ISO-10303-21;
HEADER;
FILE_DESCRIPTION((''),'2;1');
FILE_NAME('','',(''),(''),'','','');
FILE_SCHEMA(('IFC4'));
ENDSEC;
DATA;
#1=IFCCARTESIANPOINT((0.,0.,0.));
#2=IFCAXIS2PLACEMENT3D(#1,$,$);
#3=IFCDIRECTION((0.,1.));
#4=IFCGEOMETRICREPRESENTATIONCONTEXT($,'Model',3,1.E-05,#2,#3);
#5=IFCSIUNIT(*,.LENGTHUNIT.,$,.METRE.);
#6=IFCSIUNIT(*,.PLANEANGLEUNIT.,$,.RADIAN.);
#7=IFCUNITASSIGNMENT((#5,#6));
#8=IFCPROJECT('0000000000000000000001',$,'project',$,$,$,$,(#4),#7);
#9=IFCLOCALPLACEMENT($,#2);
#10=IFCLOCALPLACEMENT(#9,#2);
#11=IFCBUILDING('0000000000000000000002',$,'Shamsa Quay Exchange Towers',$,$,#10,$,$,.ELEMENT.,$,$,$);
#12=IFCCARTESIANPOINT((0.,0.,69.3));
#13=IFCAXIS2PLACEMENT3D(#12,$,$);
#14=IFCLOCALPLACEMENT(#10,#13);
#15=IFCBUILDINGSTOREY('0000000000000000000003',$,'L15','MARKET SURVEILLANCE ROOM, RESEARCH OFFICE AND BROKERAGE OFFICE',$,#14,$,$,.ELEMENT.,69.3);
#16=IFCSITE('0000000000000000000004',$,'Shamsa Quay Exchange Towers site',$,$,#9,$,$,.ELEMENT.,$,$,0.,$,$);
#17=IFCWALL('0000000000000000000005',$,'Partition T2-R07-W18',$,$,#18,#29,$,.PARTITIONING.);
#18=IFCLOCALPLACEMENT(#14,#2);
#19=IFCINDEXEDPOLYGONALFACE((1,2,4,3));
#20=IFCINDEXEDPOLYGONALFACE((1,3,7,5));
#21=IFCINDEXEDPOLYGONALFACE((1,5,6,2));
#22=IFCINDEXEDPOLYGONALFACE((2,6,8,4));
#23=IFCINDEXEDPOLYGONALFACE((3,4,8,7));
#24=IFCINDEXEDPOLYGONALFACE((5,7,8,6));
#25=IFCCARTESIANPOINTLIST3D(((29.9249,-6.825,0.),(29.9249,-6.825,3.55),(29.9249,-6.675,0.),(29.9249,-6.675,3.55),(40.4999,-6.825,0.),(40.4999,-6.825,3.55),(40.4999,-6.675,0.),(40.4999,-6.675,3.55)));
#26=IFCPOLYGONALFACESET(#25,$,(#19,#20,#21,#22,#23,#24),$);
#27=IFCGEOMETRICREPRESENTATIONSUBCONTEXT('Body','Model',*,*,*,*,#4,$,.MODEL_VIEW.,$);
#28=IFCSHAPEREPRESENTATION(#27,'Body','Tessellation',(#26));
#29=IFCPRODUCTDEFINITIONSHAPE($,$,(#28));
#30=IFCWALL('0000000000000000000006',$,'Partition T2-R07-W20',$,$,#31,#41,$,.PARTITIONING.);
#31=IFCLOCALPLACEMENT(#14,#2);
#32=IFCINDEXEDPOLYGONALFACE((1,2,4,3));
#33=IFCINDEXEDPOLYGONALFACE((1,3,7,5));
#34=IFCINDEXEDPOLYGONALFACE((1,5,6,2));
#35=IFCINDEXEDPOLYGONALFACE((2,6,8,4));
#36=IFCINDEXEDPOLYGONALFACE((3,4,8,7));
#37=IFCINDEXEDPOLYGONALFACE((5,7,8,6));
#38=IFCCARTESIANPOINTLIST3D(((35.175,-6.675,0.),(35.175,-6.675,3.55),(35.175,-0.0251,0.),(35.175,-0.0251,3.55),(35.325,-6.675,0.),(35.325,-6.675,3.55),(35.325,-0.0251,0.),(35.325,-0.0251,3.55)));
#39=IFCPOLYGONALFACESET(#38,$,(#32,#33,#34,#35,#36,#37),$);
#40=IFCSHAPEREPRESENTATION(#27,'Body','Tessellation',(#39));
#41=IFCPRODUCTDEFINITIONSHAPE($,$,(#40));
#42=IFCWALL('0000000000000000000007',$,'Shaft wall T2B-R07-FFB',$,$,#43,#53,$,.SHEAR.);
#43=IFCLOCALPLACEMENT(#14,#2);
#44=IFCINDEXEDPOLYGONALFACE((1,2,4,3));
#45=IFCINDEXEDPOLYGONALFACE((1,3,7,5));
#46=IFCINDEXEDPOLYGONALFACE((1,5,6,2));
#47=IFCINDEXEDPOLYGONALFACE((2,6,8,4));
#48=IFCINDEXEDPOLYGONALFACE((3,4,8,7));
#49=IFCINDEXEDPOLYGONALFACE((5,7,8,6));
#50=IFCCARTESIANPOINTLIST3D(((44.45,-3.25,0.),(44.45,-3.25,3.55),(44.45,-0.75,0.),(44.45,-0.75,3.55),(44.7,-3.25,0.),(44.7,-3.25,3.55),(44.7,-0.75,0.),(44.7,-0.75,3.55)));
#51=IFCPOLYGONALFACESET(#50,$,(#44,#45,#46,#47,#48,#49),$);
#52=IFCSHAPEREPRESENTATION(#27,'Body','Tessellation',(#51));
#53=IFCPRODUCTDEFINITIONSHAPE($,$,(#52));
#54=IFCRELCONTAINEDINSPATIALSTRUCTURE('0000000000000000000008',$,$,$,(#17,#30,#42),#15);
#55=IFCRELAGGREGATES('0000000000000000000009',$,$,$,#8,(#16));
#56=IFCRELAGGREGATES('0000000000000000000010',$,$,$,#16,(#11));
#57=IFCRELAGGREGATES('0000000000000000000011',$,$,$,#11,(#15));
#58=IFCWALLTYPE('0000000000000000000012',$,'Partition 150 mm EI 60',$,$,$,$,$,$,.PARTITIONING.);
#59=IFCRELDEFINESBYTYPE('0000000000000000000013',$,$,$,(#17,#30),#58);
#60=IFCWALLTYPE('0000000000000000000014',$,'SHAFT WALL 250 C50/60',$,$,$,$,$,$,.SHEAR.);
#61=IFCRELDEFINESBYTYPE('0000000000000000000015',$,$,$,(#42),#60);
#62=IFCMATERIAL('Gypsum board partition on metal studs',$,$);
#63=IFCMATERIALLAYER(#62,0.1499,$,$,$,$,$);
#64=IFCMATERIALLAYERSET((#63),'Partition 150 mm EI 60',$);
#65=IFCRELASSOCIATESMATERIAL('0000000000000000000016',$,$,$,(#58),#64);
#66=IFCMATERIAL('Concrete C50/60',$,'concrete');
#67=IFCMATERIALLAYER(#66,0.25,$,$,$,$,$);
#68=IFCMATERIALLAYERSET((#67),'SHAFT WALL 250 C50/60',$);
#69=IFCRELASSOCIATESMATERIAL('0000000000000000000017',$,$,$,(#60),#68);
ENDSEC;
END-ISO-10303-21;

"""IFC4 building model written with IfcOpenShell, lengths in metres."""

from ifc_helpers import new_model, si_unit, direction, frame, frame_2d, origin, place, context, subcontext, project, spatial, rectangle, extrude, material, layer, layer_set, type_object, element, save


model = new_model("IFC4")

# Units and contexts
model_context = context("Model", 3, precision=1e-05, world=origin(), true_north=direction((0.0, 1.0)))
body_context = subcontext(model_context, "Body", "Model", "MODEL_VIEW")
ifc_project = project(units=[si_unit("LENGTHUNIT", "METRE"), si_unit("PLANEANGLEUNIT", "RADIAN")], contexts=[model_context])

# Site, building, storey
site_placement = place(None, origin())
site = spatial("IfcSite", under=ifc_project, at=site_placement, Name="Shamsa Quay Exchange Towers site", CompositionType="ELEMENT", RefElevation=0.0)
building_placement = place(site_placement, origin())
building = spatial("IfcBuilding", under=site, at=building_placement, Name="Shamsa Quay Exchange Towers", CompositionType="ELEMENT")
storey_placement = place(building_placement, frame((0.0, 0.0, 69.3)))
storey = spatial("IfcBuildingStorey", under=building, at=storey_placement, Name="L15", Description="MARKET SURVEILLANCE ROOM, RESEARCH OFFICE AND BROKERAGE OFFICE", CompositionType="ELEMENT", Elevation=69.3)

# Walls
ifc_material_1 = material(Name="Gypsum board partition on metal studs")
ifc_layer_1 = layer(ifc_material_1, 0.1499)
ifc_layer_set_1 = layer_set([ifc_layer_1], Name="Partition 150 mm EI 60")
wall_type_1 = type_object("IfcWallType", Name="Partition 150 mm EI 60", PredefinedType="PARTITIONING", material=ifc_layer_set_1)
wall_1_placement = place(storey_placement, frame((40.5, -6.75, 0.0), z_axis=(0.0, 0.0, 1.0), x_axis=(-1.0, 0.0, 0.0)))
element("IfcWall", 1, at=wall_1_placement, inside=storey, type_object=wall_type_1, Name="Partition T2-R07-W18", PredefinedType="PARTITIONING", context=body_context, shape_type="SweptSolid", body=[
    extrude(rectangle(XDim=10.575, YDim=0.1499, at=frame_2d((5.2876, 0.0))), origin(), (0.0, 0.0, 1.0), 3.55),
])
wall_2_placement = place(storey_placement, frame((35.25, -0.0251, 0.0), z_axis=(0.0, 0.0, 1.0), x_axis=(0.0, -1.0, 0.0)))
element("IfcWall", 2, at=wall_2_placement, inside=storey, type_object=wall_type_1, Name="Partition T2-R07-W20", PredefinedType="PARTITIONING", context=body_context, shape_type="SweptSolid", body=[
    extrude(rectangle(XDim=6.6499, YDim=0.1499, at=frame_2d((3.325, 0.0))), origin(), (0.0, 0.0, 1.0), 3.55),
])
ifc_material_2 = material(Name="Concrete C50/60", Category="concrete")
ifc_layer_2 = layer(ifc_material_2, 0.25)
ifc_layer_set_2 = layer_set([ifc_layer_2], Name="SHAFT WALL 250 C50/60")
wall_type_2 = type_object("IfcWallType", Name="SHAFT WALL 250 C50/60", PredefinedType="SHEAR", material=ifc_layer_set_2)
wall_3_placement = place(storey_placement, frame((44.575, -3.25, 0.0), z_axis=(0.0, 0.0, 1.0), x_axis=(0.0, 1.0, 0.0)))
element("IfcWall", 3, at=wall_3_placement, inside=storey, type_object=wall_type_2, Name="Shaft wall T2B-R07-FFB", PredefinedType="SHEAR", context=body_context, shape_type="SweptSolid", body=[
    extrude(rectangle(XDim=2.5, YDim=0.25, at=frame_2d((1.25, 0.0))), origin(), (0.0, 0.0, 1.0), 3.55),
])

save(model, "model.ifc")
